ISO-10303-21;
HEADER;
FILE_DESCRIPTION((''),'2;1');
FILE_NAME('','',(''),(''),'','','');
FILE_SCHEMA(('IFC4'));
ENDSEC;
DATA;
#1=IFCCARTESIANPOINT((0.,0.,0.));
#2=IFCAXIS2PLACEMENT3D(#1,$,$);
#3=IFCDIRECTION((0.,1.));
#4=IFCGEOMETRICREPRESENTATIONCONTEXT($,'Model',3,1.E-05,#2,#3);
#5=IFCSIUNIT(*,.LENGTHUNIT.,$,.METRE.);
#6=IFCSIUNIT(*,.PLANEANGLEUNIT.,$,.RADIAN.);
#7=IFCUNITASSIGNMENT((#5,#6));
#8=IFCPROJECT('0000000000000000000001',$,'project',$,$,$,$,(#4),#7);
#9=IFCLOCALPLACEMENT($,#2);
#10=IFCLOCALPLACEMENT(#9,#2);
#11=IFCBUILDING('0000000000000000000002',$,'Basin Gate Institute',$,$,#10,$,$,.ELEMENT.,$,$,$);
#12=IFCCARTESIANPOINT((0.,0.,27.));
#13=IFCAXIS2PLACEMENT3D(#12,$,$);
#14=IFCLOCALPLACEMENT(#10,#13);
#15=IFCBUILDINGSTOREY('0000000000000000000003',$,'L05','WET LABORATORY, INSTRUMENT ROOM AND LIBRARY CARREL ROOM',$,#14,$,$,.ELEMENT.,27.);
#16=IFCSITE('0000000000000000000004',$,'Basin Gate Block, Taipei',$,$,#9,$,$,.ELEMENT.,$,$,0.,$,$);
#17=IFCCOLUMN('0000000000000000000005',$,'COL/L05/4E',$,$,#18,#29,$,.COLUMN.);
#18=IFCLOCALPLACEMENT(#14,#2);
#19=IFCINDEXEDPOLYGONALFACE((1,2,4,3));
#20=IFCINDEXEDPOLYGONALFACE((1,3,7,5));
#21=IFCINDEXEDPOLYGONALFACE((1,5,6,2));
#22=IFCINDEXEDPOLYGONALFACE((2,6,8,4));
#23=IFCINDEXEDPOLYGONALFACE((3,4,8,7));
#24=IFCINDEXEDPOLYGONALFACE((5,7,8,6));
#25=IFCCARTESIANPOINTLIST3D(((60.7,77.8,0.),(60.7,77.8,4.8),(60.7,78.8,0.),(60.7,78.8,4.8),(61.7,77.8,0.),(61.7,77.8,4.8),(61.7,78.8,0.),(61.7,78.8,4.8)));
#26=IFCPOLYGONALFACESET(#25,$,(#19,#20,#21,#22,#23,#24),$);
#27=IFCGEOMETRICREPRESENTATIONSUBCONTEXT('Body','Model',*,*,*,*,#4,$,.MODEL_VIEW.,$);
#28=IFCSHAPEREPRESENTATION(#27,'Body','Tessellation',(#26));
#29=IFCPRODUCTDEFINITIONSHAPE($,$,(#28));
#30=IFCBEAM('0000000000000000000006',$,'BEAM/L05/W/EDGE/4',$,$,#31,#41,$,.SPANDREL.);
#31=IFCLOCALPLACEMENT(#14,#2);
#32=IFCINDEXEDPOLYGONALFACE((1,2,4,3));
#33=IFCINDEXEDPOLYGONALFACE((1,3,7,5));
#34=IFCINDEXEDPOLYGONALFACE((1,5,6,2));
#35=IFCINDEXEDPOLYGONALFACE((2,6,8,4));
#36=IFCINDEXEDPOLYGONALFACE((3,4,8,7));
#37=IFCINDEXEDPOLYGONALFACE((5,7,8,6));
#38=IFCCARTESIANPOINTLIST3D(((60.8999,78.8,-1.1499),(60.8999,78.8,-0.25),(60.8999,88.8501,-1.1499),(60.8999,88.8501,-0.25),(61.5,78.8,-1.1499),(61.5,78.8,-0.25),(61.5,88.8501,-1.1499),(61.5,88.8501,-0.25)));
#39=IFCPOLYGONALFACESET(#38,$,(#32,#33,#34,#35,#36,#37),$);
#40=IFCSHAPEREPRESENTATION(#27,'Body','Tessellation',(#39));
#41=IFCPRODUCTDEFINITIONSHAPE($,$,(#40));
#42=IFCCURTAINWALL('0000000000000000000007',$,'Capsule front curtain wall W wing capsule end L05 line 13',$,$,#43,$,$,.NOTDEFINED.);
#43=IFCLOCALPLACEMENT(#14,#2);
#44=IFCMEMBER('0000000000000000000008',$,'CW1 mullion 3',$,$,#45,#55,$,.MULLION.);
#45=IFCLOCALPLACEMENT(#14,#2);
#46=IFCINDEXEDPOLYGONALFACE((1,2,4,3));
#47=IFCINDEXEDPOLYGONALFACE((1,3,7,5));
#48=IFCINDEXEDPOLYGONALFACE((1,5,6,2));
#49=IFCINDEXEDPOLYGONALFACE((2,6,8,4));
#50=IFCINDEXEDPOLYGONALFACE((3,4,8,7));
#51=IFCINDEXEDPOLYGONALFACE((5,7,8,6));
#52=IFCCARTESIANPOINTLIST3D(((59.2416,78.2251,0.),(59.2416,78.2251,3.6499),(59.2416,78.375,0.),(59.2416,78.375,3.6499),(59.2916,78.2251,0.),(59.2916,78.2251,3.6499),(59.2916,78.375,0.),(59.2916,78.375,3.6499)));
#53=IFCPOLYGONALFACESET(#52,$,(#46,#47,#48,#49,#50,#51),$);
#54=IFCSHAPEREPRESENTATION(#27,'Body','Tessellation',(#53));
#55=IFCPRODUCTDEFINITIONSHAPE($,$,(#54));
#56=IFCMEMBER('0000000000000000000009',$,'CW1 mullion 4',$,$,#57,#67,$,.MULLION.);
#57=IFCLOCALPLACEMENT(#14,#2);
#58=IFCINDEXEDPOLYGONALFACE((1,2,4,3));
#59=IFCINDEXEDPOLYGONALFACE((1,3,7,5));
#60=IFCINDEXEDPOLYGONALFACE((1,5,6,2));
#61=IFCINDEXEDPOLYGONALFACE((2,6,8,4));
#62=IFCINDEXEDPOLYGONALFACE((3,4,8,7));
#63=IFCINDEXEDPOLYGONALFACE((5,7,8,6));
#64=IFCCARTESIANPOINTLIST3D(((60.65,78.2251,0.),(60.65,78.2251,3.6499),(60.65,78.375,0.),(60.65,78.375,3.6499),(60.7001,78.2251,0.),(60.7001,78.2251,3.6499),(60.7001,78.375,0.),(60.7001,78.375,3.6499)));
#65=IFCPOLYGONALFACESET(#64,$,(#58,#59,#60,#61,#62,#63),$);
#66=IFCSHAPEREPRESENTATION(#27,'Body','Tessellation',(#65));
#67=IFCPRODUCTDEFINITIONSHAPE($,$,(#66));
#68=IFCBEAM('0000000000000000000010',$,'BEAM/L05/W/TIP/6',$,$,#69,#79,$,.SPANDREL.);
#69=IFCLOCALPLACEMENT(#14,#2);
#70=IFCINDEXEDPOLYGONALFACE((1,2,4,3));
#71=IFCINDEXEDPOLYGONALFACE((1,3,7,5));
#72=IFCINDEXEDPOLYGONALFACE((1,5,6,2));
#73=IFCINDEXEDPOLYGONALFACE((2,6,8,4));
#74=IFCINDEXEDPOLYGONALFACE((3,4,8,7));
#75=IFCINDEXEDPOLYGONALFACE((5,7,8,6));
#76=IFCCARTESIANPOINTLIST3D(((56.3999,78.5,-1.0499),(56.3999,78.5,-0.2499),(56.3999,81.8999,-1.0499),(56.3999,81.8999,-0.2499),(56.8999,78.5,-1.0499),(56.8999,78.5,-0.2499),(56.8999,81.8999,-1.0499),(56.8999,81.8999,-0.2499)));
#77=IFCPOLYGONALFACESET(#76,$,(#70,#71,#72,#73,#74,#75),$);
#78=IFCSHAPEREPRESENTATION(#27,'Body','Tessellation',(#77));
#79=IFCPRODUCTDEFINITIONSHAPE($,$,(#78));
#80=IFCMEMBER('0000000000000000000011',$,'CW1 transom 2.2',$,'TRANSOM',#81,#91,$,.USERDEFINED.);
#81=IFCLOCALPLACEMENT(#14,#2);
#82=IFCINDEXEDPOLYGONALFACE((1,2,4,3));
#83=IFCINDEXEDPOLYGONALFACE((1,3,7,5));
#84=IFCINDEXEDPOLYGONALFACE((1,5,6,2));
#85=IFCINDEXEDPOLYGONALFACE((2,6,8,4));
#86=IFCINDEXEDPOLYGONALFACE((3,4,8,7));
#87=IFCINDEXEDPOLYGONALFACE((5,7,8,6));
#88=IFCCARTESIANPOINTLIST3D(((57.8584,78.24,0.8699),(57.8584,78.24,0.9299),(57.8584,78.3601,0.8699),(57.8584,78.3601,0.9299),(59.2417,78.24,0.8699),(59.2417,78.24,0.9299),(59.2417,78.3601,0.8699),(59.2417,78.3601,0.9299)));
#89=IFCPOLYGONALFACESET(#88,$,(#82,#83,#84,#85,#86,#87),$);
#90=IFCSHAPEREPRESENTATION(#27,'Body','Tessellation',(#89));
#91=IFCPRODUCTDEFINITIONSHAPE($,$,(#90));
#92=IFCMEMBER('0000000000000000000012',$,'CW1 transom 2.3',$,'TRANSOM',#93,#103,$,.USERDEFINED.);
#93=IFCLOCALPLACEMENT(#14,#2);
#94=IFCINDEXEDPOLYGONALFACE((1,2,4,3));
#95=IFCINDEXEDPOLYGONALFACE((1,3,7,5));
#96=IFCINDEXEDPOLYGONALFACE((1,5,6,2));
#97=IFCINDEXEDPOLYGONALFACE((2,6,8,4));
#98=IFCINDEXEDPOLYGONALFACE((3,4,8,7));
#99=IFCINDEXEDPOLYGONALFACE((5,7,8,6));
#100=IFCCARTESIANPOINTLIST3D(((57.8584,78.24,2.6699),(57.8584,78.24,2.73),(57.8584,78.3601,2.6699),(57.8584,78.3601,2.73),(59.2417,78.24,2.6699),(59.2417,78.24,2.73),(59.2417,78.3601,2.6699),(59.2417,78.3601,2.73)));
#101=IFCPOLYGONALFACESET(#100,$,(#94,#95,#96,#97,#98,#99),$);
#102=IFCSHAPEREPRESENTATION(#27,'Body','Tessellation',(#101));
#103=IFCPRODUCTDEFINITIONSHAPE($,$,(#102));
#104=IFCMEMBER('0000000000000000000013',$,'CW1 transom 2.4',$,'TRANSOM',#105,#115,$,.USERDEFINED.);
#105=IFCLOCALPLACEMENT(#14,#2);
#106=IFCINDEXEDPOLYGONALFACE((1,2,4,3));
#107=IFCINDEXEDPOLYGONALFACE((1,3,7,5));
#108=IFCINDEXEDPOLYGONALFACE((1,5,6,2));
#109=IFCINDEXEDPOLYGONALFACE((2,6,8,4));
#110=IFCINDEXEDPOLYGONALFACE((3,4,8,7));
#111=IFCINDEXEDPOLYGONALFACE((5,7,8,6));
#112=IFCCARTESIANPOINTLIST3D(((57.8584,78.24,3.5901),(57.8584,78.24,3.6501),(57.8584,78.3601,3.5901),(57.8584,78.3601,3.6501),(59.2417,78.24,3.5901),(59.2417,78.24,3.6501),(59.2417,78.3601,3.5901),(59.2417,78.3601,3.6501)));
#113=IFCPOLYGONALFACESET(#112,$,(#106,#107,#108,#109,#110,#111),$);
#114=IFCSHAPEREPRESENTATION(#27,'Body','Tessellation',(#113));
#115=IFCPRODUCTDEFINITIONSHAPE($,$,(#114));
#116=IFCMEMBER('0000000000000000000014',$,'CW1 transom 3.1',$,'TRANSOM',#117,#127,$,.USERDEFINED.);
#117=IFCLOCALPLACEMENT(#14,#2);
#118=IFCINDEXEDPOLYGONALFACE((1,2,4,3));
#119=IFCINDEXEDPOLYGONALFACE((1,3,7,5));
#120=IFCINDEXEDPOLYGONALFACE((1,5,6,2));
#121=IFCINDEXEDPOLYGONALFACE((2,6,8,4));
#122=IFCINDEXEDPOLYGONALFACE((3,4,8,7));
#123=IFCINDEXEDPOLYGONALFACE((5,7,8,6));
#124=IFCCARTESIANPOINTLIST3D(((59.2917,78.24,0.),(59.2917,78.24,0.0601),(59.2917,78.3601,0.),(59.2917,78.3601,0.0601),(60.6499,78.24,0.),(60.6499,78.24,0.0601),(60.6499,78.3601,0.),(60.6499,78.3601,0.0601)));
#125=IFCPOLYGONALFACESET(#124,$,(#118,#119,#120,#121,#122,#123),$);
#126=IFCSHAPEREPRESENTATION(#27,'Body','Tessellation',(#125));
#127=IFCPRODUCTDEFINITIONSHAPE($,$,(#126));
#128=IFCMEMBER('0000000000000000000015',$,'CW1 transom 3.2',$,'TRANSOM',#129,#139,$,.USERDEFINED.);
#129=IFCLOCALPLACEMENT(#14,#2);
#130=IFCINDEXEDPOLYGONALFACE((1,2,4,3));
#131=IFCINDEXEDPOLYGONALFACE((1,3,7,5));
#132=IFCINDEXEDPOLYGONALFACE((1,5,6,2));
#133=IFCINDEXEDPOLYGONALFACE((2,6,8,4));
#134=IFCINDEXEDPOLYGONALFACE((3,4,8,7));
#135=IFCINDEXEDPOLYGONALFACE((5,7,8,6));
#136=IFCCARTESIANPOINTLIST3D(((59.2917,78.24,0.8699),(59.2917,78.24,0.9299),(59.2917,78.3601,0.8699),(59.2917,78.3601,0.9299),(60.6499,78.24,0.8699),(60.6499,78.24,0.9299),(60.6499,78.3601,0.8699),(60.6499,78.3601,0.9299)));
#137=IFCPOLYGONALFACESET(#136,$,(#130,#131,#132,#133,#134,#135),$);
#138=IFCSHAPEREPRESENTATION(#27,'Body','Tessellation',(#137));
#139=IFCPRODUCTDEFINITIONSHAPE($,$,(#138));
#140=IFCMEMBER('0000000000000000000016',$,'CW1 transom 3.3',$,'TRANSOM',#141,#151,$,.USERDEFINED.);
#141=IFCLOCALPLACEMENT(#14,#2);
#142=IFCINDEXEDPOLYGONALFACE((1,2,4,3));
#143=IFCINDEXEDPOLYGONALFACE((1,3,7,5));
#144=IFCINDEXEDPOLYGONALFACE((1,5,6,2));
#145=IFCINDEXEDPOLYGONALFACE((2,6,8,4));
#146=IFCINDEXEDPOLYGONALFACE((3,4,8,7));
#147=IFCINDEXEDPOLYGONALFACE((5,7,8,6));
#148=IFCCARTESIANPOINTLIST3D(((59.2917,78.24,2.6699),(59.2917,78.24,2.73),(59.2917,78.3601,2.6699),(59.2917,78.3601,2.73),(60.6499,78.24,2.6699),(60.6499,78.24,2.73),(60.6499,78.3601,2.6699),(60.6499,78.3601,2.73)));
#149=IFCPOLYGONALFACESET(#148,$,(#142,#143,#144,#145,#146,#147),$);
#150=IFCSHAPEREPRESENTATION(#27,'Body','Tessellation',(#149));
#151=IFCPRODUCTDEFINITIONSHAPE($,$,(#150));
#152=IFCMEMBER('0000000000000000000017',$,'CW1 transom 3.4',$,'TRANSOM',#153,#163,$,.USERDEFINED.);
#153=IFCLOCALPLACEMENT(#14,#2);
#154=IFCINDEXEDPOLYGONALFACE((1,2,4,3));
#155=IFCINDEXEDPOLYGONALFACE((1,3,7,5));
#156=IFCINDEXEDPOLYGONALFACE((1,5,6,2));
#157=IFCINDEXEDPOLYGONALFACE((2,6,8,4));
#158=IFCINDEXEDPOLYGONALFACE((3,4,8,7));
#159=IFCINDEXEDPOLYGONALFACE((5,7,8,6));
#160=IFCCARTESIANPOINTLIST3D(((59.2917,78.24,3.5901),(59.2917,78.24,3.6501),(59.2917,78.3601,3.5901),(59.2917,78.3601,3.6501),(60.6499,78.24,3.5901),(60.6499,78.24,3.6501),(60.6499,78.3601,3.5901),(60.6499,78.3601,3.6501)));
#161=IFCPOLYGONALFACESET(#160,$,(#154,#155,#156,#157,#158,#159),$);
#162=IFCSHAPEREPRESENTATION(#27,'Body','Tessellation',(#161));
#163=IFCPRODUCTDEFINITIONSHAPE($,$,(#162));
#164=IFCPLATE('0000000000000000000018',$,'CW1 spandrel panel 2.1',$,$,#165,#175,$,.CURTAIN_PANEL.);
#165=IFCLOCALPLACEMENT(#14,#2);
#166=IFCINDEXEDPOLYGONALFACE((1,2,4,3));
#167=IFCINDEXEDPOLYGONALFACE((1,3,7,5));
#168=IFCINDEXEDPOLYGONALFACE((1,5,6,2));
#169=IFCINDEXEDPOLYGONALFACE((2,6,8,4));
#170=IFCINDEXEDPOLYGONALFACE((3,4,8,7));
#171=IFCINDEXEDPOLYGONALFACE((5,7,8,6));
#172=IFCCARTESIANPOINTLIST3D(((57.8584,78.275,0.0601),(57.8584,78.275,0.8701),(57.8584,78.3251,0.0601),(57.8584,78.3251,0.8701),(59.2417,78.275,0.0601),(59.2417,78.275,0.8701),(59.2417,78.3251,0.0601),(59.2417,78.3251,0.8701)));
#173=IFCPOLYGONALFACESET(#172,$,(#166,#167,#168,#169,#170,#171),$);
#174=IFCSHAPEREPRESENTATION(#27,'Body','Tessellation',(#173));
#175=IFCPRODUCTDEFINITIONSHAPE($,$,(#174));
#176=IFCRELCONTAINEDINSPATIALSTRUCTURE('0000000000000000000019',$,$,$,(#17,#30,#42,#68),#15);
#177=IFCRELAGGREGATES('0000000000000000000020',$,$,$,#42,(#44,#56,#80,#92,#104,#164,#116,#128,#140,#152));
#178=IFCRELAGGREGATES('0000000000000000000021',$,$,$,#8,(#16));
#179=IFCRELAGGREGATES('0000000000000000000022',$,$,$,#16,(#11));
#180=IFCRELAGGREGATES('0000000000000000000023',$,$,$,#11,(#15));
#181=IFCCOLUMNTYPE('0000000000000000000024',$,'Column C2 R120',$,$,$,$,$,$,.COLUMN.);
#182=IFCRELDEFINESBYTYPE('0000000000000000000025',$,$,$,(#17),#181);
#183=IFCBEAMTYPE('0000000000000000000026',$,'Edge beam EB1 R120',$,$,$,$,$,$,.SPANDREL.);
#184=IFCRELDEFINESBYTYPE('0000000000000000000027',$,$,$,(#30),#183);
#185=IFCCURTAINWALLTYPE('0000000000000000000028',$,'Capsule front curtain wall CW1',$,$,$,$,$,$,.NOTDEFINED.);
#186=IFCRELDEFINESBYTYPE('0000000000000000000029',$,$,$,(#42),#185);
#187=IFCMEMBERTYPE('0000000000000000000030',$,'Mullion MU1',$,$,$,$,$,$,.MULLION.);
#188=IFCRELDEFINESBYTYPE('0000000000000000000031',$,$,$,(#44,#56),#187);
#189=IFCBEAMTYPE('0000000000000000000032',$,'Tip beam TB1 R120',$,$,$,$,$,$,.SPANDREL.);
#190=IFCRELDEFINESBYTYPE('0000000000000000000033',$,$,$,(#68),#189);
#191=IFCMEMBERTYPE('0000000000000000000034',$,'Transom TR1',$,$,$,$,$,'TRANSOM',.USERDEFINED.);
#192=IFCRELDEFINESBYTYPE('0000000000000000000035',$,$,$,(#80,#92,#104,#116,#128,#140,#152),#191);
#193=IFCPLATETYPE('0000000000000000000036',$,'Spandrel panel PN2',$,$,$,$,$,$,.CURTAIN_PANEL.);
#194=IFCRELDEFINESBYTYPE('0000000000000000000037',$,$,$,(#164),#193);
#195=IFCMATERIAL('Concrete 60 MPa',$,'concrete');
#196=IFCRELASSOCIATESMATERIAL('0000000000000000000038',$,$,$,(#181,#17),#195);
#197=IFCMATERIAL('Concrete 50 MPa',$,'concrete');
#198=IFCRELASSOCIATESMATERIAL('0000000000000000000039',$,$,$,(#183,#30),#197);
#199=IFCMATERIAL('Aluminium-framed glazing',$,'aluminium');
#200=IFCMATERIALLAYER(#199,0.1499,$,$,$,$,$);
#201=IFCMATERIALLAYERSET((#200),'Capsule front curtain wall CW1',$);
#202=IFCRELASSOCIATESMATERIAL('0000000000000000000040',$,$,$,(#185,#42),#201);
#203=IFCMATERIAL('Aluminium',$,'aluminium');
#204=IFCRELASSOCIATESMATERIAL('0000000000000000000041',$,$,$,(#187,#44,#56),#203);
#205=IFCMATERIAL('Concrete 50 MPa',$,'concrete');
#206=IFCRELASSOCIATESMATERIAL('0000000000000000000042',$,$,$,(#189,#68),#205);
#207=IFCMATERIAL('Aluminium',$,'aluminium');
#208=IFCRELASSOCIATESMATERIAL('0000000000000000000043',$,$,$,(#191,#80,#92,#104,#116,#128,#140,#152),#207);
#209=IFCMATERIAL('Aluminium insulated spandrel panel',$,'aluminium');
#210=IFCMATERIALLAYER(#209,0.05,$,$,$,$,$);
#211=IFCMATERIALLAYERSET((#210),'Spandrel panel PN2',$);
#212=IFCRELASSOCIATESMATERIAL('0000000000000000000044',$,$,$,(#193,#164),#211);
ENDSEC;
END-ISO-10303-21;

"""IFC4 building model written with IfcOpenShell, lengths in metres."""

from ifc_helpers import new_model, si_unit, direction, frame, origin, origin_2d, place, context, subcontext, project, spatial, rectangle, extrude, material, layer, layer_set, material_profile, profile_set, type_object, element, aggregate, save


model = new_model("IFC4")

# Units and contexts
model_context = context("Model", 3, precision=1e-05, world=origin(), true_north=direction((0.0, 1.0)))
body_context = subcontext(model_context, "Body", "Model", "MODEL_VIEW")
ifc_project = project(units=[si_unit("LENGTHUNIT", "METRE"), si_unit("PLANEANGLEUNIT", "RADIAN")], contexts=[model_context])

# Site, building, storey
site_placement = place(None, origin())
site = spatial("IfcSite", under=ifc_project, at=site_placement, Name="Basin Gate Block, Taipei", CompositionType="ELEMENT", RefElevation=0.0)
building_placement = place(site_placement, origin())
building = spatial("IfcBuilding", under=site, at=building_placement, Name="Basin Gate Institute", CompositionType="ELEMENT")
storey_placement = place(building_placement, frame((0.0, 0.0, 27.0)))
storey = spatial("IfcBuildingStorey", under=building, at=storey_placement, Name="L05", Description="WET LABORATORY, INSTRUMENT ROOM AND LIBRARY CARREL ROOM", CompositionType="ELEMENT", Elevation=27.0)

# Column
ifc_material_1 = material(Name="Concrete 60 MPa", Category="concrete")
ifc_material_profile_1 = material_profile(ifc_material_1, rectangle(XDim=1.0, YDim=1.0, at=origin_2d()), Name="Column C2 1000 x 1000")
ifc_profile_set_1 = profile_set([ifc_material_profile_1], Name="Concrete 60 MPa")
column_type = type_object("IfcColumnType", Name="Column C2 R120", PredefinedType="COLUMN", material=ifc_profile_set_1)
column_placement = place(storey_placement, frame((61.2, 78.3, 0.0), z_axis=(0.0, 0.0, 1.0), x_axis=(1.0, 0.0, 0.0)))
element("IfcColumn", 1, at=column_placement, inside=storey, type_object=column_type, material=ifc_profile_set_1, Name="COL/L05/4E", PredefinedType="COLUMN", context=body_context, shape_type="SweptSolid", body=[
    extrude(rectangle(XDim=1.0, YDim=1.0, at=origin_2d()), origin(), (0.0, 0.0, 1.0), 4.8),
])

# Beam
ifc_material_2 = material(Name="Concrete 50 MPa", Category="concrete")
ifc_material_profile_2 = material_profile(ifc_material_2, rectangle(XDim=0.6001, YDim=0.8999, at=origin_2d()), Name="Edge beam EB1 600 x 900")
ifc_profile_set_2 = profile_set([ifc_material_profile_2], Name="Concrete 50 MPa")
beam_type_1 = type_object("IfcBeamType", Name="Edge beam EB1 R120", PredefinedType="SPANDREL", material=ifc_profile_set_2)
beam_1_placement = place(storey_placement, frame((61.2, 78.8, -0.7), z_axis=(0.0, 1.0, 0.0), x_axis=(-1.0, 0.0, 0.0)))
element("IfcBeam", 2, at=beam_1_placement, inside=storey, type_object=beam_type_1, material=ifc_profile_set_2, Name="BEAM/L05/W/EDGE/4", PredefinedType="SPANDREL", context=body_context, shape_type="SweptSolid", body=[
    extrude(rectangle(XDim=0.6001, YDim=0.8999, at=origin_2d()), origin(), (0.0, 0.0, 1.0), 10.05),
])

# Curtain wall, members
ifc_material_3 = material(Name="Aluminium-framed glazing", Category="aluminium")
ifc_layer_1 = layer(ifc_material_3, 0.1499)
ifc_layer_set_1 = layer_set([ifc_layer_1], Name="Capsule front curtain wall CW1")
curtain_wall_type = type_object("IfcCurtainWallType", Name="Capsule front curtain wall CW1", PredefinedType="NOTDEFINED", material=ifc_layer_set_1)
curtain_wall_1_placement = place(storey_placement, origin())
curtain_wall_1 = element("IfcCurtainWall", 3, at=curtain_wall_1_placement, inside=storey, type_object=curtain_wall_type, material=ifc_layer_set_1, Name="Capsule front curtain wall W wing capsule end L05 line 13", PredefinedType="NOTDEFINED")
ifc_material_4 = material(Name="Aluminium", Category="aluminium")
ifc_material_profile_3 = material_profile(ifc_material_4, rectangle(XDim=0.1499, YDim=0.05, at=origin_2d()), Name="Mullion MU1 150 x 50")
ifc_profile_set_3 = profile_set([ifc_material_profile_3], Name="Aluminium")
member_type_1 = type_object("IfcMemberType", Name="Mullion MU1", PredefinedType="MULLION", material=ifc_profile_set_3)
member_1_placement = place(storey_placement, frame((59.2666, 78.3, 0.0), z_axis=(0.0, 0.0, 1.0), x_axis=(0.0, 1.0, 0.0)))
member_1 = element("IfcMember", 4, at=member_1_placement, type_object=member_type_1, material=ifc_profile_set_3, Name="CW1 mullion 3", PredefinedType="MULLION", context=body_context, shape_type="SweptSolid", body=[
    extrude(rectangle(XDim=0.1499, YDim=0.05, at=origin_2d()), origin(), (0.0, 0.0, 1.0), 3.6499),
])
member_2_placement = place(storey_placement, frame((60.675, 78.3, 0.0), z_axis=(0.0, 0.0, 1.0), x_axis=(0.0, 1.0, 0.0)))
member_2 = element("IfcMember", 5, at=member_2_placement, type_object=member_type_1, material=ifc_profile_set_3, Name="CW1 mullion 4", PredefinedType="MULLION", context=body_context, shape_type="SweptSolid", body=[
    extrude(rectangle(XDim=0.1499, YDim=0.05, at=origin_2d()), origin(), (0.0, 0.0, 1.0), 3.6499),
])

# Beam
ifc_material_5 = material(Name="Concrete 50 MPa", Category="concrete")
ifc_material_profile_4 = material_profile(ifc_material_5, rectangle(XDim=0.5, YDim=0.8, at=origin_2d()), Name="Tip beam TB1 500 x 800")
ifc_profile_set_4 = profile_set([ifc_material_profile_4], Name="Concrete 50 MPa")
beam_type_2 = type_object("IfcBeamType", Name="Tip beam TB1 R120", PredefinedType="SPANDREL", material=ifc_profile_set_4)
beam_2_placement = place(storey_placement, frame((56.6499, 78.5, -0.6499), z_axis=(0.0, 1.0, 0.0), x_axis=(-1.0, 0.0, 0.0)))
element("IfcBeam", 6, at=beam_2_placement, inside=storey, type_object=beam_type_2, material=ifc_profile_set_4, Name="BEAM/L05/W/TIP/6", PredefinedType="SPANDREL", context=body_context, shape_type="SweptSolid", body=[
    extrude(rectangle(XDim=0.5, YDim=0.8, at=origin_2d()), origin(), (0.0, 0.0, 1.0), 3.3999),
])

# Members
ifc_material_6 = material(Name="Aluminium", Category="aluminium")
ifc_material_profile_5 = material_profile(ifc_material_6, rectangle(XDim=0.1201, YDim=0.0601, at=origin_2d()), Name="Transom TR1 120 x 60")
ifc_profile_set_5 = profile_set([ifc_material_profile_5], Name="Aluminium")
member_type_2 = type_object("IfcMemberType", Name="Transom TR1", ElementType="TRANSOM", PredefinedType="USERDEFINED", material=ifc_profile_set_5)
member_3_placement = place(storey_placement, frame((57.8584, 78.3, 0.8999), z_axis=(1.0, 0.0, 0.0), x_axis=(0.0, 1.0, 0.0)))
member_3 = element("IfcMember", 7, at=member_3_placement, type_object=member_type_2, material=ifc_profile_set_5, Name="CW1 transom 2.2", ObjectType="TRANSOM", PredefinedType="USERDEFINED", context=body_context, shape_type="SweptSolid", body=[
    extrude(rectangle(XDim=0.1201, YDim=0.0601, at=origin_2d()), origin(), (0.0, 0.0, 1.0), 1.3833),
])
member_4_placement = place(storey_placement, frame((57.8584, 78.3, 2.7), z_axis=(1.0, 0.0, 0.0), x_axis=(0.0, 1.0, 0.0)))
member_4 = element("IfcMember", 8, at=member_4_placement, type_object=member_type_2, material=ifc_profile_set_5, Name="CW1 transom 2.3", ObjectType="TRANSOM", PredefinedType="USERDEFINED", context=body_context, shape_type="SweptSolid", body=[
    extrude(rectangle(XDim=0.1201, YDim=0.0601, at=origin_2d()), origin(), (0.0, 0.0, 1.0), 1.3833),
])
member_5_placement = place(storey_placement, frame((57.8584, 78.3, 3.6201), z_axis=(1.0, 0.0, 0.0), x_axis=(0.0, 1.0, 0.0)))
member_5 = element("IfcMember", 9, at=member_5_placement, type_object=member_type_2, material=ifc_profile_set_5, Name="CW1 transom 2.4", ObjectType="TRANSOM", PredefinedType="USERDEFINED", context=body_context, shape_type="SweptSolid", body=[
    extrude(rectangle(XDim=0.1201, YDim=0.0601, at=origin_2d()), origin(), (0.0, 0.0, 1.0), 1.3833),
])
member_6_placement = place(storey_placement, frame((59.2917, 78.3, 0.03), z_axis=(1.0, 0.0, 0.0), x_axis=(0.0, 1.0, 0.0)))
member_6 = element("IfcMember", 10, at=member_6_placement, type_object=member_type_2, material=ifc_profile_set_5, Name="CW1 transom 3.1", ObjectType="TRANSOM", PredefinedType="USERDEFINED", context=body_context, shape_type="SweptSolid", body=[
    extrude(rectangle(XDim=0.1201, YDim=0.0601, at=origin_2d()), origin(), (0.0, 0.0, 1.0), 1.3582),
])
member_7_placement = place(storey_placement, frame((59.2917, 78.3, 0.8999), z_axis=(1.0, 0.0, 0.0), x_axis=(0.0, 1.0, 0.0)))
member_7 = element("IfcMember", 11, at=member_7_placement, type_object=member_type_2, material=ifc_profile_set_5, Name="CW1 transom 3.2", ObjectType="TRANSOM", PredefinedType="USERDEFINED", context=body_context, shape_type="SweptSolid", body=[
    extrude(rectangle(XDim=0.1201, YDim=0.0601, at=origin_2d()), origin(), (0.0, 0.0, 1.0), 1.3582),
])
member_8_placement = place(storey_placement, frame((59.2917, 78.3, 2.7), z_axis=(1.0, 0.0, 0.0), x_axis=(0.0, 1.0, 0.0)))
member_8 = element("IfcMember", 12, at=member_8_placement, type_object=member_type_2, material=ifc_profile_set_5, Name="CW1 transom 3.3", ObjectType="TRANSOM", PredefinedType="USERDEFINED", context=body_context, shape_type="SweptSolid", body=[
    extrude(rectangle(XDim=0.1201, YDim=0.0601, at=origin_2d()), origin(), (0.0, 0.0, 1.0), 1.3582),
])
member_9_placement = place(storey_placement, frame((59.2917, 78.3, 3.6201), z_axis=(1.0, 0.0, 0.0), x_axis=(0.0, 1.0, 0.0)))
member_9 = element("IfcMember", 13, at=member_9_placement, type_object=member_type_2, material=ifc_profile_set_5, Name="CW1 transom 3.4", ObjectType="TRANSOM", PredefinedType="USERDEFINED", context=body_context, shape_type="SweptSolid", body=[
    extrude(rectangle(XDim=0.1201, YDim=0.0601, at=origin_2d()), origin(), (0.0, 0.0, 1.0), 1.3582),
])

# Plate
ifc_material_7 = material(Name="Aluminium insulated spandrel panel", Category="aluminium")
ifc_layer_2 = layer(ifc_material_7, 0.05)
ifc_layer_set_2 = layer_set([ifc_layer_2], Name="Spandrel panel PN2")
plate_type_1 = type_object("IfcPlateType", Name="Spandrel panel PN2", PredefinedType="CURTAIN_PANEL", material=ifc_layer_set_2)
plate_1_placement = place(storey_placement, frame((58.55, 78.3, 0.0601), z_axis=(0.0, 0.0, 1.0), x_axis=(1.0, 0.0, 0.0)))
plate_1 = element("IfcPlate", 14, at=plate_1_placement, type_object=plate_type_1, material=ifc_layer_set_2, Name="CW1 spandrel panel 2.1", PredefinedType="CURTAIN_PANEL", context=body_context, shape_type="SweptSolid", body=[
    extrude(rectangle(XDim=1.3833, YDim=0.05, at=origin_2d()), origin(), (0.0, 0.0, 1.0), 0.8101),
])

aggregate(curtain_wall_1, [member_1, member_2, member_3, member_4, member_5, plate_1, member_6, member_7, member_8, member_9])

save(model, "model.ifc")
